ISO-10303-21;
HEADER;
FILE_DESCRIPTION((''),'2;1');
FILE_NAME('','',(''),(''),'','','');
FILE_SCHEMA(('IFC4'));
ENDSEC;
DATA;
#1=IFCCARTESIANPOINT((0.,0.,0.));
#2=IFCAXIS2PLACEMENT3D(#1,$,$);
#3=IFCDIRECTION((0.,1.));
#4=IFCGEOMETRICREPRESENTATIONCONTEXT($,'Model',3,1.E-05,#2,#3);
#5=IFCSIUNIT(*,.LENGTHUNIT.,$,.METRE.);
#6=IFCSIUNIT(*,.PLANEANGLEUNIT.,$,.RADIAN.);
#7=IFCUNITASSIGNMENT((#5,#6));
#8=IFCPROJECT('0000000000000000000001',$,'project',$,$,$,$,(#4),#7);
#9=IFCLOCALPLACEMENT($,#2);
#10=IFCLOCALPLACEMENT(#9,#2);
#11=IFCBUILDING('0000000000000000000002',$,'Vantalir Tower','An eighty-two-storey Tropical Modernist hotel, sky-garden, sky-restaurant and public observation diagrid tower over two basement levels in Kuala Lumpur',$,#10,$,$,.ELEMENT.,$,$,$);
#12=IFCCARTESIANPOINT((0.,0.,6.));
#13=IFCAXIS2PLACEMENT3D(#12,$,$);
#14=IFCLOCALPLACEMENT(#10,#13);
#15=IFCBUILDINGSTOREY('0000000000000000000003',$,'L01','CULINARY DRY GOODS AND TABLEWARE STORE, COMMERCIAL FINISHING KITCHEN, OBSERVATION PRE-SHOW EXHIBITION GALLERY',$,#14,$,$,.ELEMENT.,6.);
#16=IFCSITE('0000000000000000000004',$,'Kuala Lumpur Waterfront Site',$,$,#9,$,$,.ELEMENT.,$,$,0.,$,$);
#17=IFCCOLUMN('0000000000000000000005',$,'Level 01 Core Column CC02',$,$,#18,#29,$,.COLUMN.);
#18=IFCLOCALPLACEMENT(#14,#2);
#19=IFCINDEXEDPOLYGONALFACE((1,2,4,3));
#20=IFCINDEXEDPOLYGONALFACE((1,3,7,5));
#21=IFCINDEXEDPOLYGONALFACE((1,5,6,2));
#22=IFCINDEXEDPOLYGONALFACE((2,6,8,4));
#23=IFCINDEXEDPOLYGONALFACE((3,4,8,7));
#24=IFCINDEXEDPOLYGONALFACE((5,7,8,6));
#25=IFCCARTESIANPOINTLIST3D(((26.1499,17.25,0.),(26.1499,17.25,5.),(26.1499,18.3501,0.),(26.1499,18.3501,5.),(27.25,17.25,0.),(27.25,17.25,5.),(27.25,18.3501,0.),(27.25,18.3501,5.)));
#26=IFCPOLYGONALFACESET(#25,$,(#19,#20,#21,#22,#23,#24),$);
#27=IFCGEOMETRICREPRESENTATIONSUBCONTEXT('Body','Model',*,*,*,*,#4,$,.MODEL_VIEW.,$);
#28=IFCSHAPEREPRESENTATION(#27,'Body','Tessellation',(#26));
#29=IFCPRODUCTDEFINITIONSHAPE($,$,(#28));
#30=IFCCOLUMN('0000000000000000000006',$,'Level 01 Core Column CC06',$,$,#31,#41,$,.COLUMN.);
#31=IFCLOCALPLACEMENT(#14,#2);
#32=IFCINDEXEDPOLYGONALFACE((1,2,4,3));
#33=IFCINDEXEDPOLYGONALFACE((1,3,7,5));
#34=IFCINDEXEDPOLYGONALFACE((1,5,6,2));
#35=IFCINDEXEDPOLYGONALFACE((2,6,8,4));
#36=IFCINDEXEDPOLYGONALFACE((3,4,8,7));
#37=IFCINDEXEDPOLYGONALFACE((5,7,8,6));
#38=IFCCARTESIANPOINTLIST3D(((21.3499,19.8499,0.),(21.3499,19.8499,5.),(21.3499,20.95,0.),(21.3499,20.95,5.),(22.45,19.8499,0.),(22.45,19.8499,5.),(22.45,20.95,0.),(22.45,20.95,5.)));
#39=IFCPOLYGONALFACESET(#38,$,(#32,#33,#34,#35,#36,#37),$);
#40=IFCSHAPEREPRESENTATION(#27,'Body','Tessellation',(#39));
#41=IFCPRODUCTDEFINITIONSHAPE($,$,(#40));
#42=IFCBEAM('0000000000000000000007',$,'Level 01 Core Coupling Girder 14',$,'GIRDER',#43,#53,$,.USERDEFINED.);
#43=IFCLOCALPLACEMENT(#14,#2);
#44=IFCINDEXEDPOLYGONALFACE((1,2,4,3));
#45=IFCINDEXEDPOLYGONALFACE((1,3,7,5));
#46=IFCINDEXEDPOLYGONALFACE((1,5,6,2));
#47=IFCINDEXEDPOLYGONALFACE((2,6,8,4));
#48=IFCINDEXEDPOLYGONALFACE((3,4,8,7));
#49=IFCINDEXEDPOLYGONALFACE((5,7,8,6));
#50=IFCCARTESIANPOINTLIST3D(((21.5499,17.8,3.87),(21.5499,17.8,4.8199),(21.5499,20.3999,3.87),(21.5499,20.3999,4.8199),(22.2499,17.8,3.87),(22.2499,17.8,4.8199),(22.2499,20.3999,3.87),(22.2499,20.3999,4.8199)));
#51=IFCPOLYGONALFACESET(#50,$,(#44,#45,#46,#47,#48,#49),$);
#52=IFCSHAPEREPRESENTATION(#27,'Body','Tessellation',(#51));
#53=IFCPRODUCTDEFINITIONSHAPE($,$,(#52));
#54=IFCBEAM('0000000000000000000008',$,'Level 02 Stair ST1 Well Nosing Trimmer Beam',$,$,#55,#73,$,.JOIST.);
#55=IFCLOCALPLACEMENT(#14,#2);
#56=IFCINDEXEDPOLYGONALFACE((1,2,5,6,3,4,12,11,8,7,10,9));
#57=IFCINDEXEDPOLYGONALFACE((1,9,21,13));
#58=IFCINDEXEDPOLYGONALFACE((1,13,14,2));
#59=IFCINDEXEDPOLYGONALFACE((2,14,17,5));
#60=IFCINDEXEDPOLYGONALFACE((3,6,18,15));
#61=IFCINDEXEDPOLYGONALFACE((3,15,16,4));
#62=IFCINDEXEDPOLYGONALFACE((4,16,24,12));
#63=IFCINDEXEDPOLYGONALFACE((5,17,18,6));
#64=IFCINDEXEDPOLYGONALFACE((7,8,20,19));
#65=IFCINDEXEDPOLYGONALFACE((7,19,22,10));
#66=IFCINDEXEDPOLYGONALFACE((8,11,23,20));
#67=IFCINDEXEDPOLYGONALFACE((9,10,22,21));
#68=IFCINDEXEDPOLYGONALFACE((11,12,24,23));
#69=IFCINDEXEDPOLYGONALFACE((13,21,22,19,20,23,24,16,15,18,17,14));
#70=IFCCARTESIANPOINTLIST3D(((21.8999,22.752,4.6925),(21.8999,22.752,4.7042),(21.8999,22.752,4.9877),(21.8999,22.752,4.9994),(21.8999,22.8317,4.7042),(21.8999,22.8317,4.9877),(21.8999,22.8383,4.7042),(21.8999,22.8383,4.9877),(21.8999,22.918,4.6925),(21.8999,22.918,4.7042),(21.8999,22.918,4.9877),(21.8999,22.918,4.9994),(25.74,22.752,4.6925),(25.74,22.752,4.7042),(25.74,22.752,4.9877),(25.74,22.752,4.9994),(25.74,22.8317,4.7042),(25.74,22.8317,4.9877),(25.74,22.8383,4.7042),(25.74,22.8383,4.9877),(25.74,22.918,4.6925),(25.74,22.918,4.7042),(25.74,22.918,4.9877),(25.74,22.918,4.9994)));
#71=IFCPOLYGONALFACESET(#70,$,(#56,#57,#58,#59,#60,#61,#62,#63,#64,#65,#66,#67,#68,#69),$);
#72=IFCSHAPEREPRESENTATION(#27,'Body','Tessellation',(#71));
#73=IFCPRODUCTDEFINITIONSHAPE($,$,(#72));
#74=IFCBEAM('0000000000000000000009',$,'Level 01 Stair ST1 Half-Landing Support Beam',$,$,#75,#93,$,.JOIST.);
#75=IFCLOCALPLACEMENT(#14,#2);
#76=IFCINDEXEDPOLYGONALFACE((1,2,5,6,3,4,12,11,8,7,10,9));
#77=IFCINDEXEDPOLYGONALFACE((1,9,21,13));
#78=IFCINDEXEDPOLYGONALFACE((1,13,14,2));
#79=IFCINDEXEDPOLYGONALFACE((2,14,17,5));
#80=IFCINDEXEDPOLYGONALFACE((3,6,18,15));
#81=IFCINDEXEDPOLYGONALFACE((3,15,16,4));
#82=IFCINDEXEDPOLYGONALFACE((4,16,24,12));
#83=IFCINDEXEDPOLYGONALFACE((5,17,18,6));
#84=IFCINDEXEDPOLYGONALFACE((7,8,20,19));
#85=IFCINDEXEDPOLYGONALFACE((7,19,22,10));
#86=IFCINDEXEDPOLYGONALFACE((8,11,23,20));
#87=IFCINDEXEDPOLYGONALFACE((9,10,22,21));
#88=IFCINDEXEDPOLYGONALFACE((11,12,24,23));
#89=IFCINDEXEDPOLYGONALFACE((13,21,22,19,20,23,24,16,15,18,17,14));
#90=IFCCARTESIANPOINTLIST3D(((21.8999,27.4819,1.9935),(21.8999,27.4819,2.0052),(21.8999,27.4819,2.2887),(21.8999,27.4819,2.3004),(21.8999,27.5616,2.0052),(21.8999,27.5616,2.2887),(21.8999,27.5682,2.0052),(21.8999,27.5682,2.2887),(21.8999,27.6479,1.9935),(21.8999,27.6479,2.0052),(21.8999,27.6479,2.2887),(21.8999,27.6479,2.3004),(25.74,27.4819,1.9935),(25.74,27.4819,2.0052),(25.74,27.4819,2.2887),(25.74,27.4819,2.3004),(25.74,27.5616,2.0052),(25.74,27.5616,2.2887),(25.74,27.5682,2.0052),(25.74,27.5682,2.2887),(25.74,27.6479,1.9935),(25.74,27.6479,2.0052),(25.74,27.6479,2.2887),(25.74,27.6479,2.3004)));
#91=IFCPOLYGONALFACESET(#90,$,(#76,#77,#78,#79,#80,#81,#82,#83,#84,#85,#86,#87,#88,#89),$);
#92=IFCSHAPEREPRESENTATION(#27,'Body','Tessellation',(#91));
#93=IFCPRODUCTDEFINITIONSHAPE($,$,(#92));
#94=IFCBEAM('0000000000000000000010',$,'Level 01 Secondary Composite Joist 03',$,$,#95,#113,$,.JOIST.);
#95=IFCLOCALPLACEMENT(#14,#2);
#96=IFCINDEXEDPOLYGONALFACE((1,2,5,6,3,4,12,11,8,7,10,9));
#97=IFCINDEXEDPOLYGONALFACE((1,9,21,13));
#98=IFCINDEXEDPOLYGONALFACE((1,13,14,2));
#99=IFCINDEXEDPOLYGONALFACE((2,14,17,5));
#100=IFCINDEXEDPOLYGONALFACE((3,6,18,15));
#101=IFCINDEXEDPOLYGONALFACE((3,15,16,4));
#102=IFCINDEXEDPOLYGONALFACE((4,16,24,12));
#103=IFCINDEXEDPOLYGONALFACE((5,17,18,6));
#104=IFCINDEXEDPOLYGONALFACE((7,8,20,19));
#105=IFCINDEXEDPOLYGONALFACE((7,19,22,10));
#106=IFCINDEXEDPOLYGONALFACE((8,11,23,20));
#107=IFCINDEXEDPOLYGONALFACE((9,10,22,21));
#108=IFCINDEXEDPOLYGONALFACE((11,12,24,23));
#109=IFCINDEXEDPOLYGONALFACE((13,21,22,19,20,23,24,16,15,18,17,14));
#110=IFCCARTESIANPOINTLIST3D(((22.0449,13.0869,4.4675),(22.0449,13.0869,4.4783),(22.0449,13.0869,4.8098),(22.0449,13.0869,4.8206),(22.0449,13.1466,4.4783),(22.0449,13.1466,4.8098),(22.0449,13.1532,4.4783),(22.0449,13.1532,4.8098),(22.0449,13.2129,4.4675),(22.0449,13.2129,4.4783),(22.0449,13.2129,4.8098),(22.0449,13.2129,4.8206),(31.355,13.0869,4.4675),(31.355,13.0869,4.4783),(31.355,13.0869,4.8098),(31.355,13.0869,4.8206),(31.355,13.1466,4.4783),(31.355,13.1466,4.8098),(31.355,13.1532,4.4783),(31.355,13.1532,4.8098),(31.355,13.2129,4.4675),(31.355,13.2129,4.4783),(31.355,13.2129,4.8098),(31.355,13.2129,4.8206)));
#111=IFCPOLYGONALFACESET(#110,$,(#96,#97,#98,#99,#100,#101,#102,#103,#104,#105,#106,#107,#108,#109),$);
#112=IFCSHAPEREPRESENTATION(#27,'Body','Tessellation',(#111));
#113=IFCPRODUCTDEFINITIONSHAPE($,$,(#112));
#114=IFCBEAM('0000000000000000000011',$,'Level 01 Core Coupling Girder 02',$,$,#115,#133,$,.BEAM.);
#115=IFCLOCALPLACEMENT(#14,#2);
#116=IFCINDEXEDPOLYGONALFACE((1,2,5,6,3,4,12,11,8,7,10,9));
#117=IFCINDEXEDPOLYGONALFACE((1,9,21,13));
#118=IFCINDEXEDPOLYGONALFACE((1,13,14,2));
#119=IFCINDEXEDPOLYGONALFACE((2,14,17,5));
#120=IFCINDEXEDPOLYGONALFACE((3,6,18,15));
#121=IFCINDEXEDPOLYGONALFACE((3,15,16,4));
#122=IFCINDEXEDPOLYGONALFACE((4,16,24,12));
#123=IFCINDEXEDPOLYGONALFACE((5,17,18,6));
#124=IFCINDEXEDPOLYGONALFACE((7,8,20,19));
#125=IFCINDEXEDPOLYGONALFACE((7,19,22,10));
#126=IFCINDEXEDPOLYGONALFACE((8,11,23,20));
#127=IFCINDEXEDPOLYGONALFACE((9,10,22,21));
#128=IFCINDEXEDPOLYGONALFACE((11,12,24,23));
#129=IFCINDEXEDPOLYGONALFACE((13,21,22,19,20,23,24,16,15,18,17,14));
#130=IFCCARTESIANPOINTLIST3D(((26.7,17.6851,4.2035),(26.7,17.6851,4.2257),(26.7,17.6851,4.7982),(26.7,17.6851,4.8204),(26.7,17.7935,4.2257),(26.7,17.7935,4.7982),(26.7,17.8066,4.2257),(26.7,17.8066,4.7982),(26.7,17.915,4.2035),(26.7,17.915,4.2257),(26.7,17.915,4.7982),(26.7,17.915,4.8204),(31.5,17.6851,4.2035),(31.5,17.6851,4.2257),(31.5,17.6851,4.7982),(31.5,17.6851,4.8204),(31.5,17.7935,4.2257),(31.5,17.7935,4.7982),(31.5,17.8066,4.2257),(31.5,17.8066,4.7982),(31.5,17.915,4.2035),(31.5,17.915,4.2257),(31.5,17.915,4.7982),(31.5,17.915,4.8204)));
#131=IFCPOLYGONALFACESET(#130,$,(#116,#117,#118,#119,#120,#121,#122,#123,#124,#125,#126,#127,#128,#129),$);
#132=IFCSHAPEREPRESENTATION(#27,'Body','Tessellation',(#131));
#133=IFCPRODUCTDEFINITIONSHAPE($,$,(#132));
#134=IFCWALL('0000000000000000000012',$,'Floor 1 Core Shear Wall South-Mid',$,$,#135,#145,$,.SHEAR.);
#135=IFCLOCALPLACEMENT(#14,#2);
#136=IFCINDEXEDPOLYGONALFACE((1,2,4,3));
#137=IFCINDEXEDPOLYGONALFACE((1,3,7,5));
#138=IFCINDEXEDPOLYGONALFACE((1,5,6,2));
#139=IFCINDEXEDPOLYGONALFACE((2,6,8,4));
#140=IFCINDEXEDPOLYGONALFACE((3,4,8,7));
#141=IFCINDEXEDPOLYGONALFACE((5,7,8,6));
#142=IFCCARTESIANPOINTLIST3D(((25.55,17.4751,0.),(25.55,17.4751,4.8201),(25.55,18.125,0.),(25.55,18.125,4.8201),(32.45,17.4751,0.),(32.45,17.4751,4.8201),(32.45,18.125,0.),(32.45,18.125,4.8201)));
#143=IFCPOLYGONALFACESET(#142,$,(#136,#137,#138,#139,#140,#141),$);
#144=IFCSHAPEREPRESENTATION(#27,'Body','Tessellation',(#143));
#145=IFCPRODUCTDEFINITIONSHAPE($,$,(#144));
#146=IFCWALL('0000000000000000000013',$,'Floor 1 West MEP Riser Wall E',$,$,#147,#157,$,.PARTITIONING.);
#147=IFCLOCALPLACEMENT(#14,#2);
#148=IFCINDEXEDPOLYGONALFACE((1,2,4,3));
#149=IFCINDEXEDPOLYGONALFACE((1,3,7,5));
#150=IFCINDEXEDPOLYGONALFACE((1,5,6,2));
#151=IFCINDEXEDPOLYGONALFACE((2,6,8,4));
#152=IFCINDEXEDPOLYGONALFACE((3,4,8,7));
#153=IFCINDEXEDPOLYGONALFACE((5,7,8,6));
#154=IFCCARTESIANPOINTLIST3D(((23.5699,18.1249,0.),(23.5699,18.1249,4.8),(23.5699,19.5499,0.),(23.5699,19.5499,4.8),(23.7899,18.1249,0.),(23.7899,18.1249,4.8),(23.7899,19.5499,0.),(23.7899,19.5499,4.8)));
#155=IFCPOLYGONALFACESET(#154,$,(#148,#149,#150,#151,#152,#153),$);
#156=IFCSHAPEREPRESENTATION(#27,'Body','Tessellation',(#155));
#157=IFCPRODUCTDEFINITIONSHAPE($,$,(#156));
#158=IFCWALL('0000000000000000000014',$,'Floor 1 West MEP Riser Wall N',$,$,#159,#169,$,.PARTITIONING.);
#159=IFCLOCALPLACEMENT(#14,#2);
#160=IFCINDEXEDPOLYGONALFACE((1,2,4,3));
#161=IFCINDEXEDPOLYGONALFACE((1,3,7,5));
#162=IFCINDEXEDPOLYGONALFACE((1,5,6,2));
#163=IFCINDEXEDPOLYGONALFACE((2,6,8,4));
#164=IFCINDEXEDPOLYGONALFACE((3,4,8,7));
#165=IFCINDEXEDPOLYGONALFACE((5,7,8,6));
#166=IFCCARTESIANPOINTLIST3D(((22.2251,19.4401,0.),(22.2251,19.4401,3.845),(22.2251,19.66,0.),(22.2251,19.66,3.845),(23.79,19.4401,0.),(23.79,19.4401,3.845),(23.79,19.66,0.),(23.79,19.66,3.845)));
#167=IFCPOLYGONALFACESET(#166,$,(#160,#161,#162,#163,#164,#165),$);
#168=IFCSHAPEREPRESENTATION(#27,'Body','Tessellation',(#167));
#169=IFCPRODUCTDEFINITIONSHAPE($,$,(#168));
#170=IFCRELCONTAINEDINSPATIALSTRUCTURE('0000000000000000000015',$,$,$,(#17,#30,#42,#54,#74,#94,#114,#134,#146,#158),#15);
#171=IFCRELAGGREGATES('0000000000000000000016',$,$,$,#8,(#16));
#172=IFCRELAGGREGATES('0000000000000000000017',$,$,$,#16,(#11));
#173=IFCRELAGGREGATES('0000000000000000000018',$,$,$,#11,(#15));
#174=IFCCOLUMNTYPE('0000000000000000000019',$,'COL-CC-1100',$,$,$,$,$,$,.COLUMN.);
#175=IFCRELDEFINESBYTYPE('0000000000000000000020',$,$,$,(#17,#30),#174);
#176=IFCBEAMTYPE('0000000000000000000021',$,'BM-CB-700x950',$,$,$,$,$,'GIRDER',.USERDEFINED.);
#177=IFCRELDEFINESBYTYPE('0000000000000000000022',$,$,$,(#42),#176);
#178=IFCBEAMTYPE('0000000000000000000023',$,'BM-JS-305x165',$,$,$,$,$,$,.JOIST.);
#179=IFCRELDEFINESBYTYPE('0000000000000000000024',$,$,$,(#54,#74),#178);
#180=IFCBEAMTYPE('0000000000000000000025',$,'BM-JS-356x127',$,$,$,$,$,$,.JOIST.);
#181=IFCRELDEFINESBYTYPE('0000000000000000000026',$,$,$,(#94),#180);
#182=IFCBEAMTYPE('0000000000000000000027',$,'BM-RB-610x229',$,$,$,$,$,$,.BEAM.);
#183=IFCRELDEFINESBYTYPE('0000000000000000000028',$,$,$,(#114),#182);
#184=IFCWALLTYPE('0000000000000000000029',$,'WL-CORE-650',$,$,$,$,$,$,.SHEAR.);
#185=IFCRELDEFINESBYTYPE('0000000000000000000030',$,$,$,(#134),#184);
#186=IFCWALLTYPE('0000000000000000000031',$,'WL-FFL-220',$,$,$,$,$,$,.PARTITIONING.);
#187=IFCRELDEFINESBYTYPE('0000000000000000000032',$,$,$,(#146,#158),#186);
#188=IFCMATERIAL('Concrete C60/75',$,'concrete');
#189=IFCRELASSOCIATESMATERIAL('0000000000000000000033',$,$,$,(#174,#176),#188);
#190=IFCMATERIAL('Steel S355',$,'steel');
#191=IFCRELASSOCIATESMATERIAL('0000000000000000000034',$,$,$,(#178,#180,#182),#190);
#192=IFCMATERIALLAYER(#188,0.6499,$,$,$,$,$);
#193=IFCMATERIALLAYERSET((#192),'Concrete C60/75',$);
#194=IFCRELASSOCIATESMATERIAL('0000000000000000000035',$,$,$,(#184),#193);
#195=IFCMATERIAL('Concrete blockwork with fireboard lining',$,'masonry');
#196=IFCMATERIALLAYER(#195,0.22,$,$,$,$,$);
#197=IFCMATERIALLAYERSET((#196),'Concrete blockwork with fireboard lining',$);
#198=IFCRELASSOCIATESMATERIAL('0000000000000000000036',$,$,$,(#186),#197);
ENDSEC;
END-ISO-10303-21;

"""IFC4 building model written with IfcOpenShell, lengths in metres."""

from ifc_helpers import new_model, si_unit, direction, frame, frame_2d, origin, origin_2d, place, context, subcontext, project, spatial, rectangle, i_section, extrude, material, layer, layer_set, material_profile, profile_set, type_object, element, save


model = new_model("IFC4")

# Units and contexts
model_context = context("Model", 3, precision=1e-05, world=origin(), true_north=direction((0.0, 1.0)))
body_context = subcontext(model_context, "Body", "Model", "MODEL_VIEW")
ifc_project = project(units=[si_unit("LENGTHUNIT", "METRE"), si_unit("PLANEANGLEUNIT", "RADIAN")], contexts=[model_context])

# Site, building, storey
site_placement = place(None, origin())
site = spatial("IfcSite", under=ifc_project, at=site_placement, Name="Kuala Lumpur Waterfront Site", CompositionType="ELEMENT", RefElevation=0.0)
building_placement = place(site_placement, origin())
building = spatial("IfcBuilding", under=site, at=building_placement, Name="Vantalir Tower", Description="An eighty-two-storey Tropical Modernist hotel, sky-garden, sky-restaurant and public observation diagrid tower over two basement levels in Kuala Lumpur", CompositionType="ELEMENT")
storey_placement = place(building_placement, frame((0.0, 0.0, 6.0)))
storey = spatial("IfcBuildingStorey", under=building, at=storey_placement, Name="L01", Description="CULINARY DRY GOODS AND TABLEWARE STORE, COMMERCIAL FINISHING KITCHEN, OBSERVATION PRE-SHOW EXHIBITION GALLERY", CompositionType="ELEMENT", Elevation=6.0)

# Columns
ifc_material_1 = material(Name="Concrete C60/75", Category="concrete")
ifc_material_profile_1 = material_profile(ifc_material_1, rectangle(XDim=1.1001, YDim=1.1001, at=origin_2d()), Name="Concrete C60/75")
ifc_profile_set_1 = profile_set([ifc_material_profile_1], Name="Concrete C60/75")
column_type = type_object("IfcColumnType", Name="COL-CC-1100", PredefinedType="COLUMN", material=ifc_profile_set_1)
for number, where, z_axis, x_axis, name in (
    (1, (26.7, 17.8, 0.0), (0.0, 0.0, 1.0), (1.0, 0.0, 0.0), "Level 01 Core Column CC02"),
    (2, (21.8999, 20.3999, 0.0), (0.0, 0.0, 1.0), (1.0, 0.0, 0.0), "Level 01 Core Column CC06"),
):
    element("IfcColumn", number, at=place(storey_placement, frame(where, z_axis=z_axis, x_axis=x_axis)), inside=storey, type_object=column_type, Name=name, PredefinedType="COLUMN", context=body_context, shape_type="SweptSolid", body=[
        extrude(rectangle(XDim=1.1001, YDim=1.1001, at=origin_2d()), origin(), (0.0, 0.0, 1.0), 5.0),
    ])

# Beams
ifc_material_profile_2 = material_profile(ifc_material_1, rectangle(XDim=0.7, YDim=0.95, at=origin_2d()), Name="Concrete C60/75")
ifc_profile_set_2 = profile_set([ifc_material_profile_2], Name="Concrete C60/75")
beam_type_1 = type_object("IfcBeamType", Name="BM-CB-700x950", ElementType="GIRDER", PredefinedType="USERDEFINED", material=ifc_profile_set_2)
beam_1_placement = place(storey_placement, frame((21.8999, 20.3999, 4.345), z_axis=(0.0, -1.0, 0.0), x_axis=(1.0, 0.0, 0.0)))
element("IfcBeam", 3, at=beam_1_placement, inside=storey, type_object=beam_type_1, Name="Level 01 Core Coupling Girder 14", ObjectType="GIRDER", PredefinedType="USERDEFINED", context=body_context, shape_type="SweptSolid", body=[
    extrude(rectangle(XDim=0.7, YDim=0.95, at=origin_2d()), origin(), (0.0, 0.0, 1.0), 2.5999),
])
ifc_material_2 = material(Name="Steel S355", Category="steel")
ifc_material_profile_3 = material_profile(ifc_material_2, i_section(OverallWidth=0.166, OverallDepth=0.3069, WebThickness=0.0066, FlangeThickness=0.0117, at=origin_2d()), Name="Steel S355")
ifc_profile_set_3 = profile_set([ifc_material_profile_3], Name="Steel S355")
beam_type_2 = type_object("IfcBeamType", Name="BM-JS-305x165", PredefinedType="JOIST", material=ifc_profile_set_3)
for number, where, z_axis, x_axis, name in (
    (4, (21.8999, 22.835, 4.8459), (1.0, 0.0, 0.0), (0.0, 1.0, 0.0), "Level 02 Stair ST1 Well Nosing Trimmer Beam"),
    (5, (21.8999, 27.5649, 2.147), (1.0, 0.0, 0.0), (0.0, 1.0, 0.0), "Level 01 Stair ST1 Half-Landing Support Beam"),
):
    element("IfcBeam", number, at=place(storey_placement, frame(where, z_axis=z_axis, x_axis=x_axis)), inside=storey, type_object=beam_type_2, Name=name, PredefinedType="JOIST", context=body_context, shape_type="SweptSolid", body=[
        extrude(i_section(OverallWidth=0.166, OverallDepth=0.3069, WebThickness=0.0066, FlangeThickness=0.0117, at=origin_2d()), origin(), (0.0, 0.0, 1.0), 3.8401),
    ])
ifc_material_profile_4 = material_profile(ifc_material_2, i_section(OverallWidth=0.126, OverallDepth=0.353, WebThickness=0.0066, FlangeThickness=0.0107, at=origin_2d()), Name="Steel S355")
ifc_profile_set_4 = profile_set([ifc_material_profile_4], Name="Steel S355")
beam_type_3 = type_object("IfcBeamType", Name="BM-JS-356x127", PredefinedType="JOIST", material=ifc_profile_set_4)
beam_2_placement = place(storey_placement, frame((22.0449, 13.1499, 4.644), z_axis=(1.0, 0.0, 0.0), x_axis=(0.0, 1.0, 0.0)))
element("IfcBeam", 6, at=beam_2_placement, inside=storey, type_object=beam_type_3, Name="Level 01 Secondary Composite Joist 03", PredefinedType="JOIST", context=body_context, shape_type="SweptSolid", body=[
    extrude(i_section(OverallWidth=0.126, OverallDepth=0.353, WebThickness=0.0066, FlangeThickness=0.0107, at=origin_2d()), origin(), (0.0, 0.0, 1.0), 9.3101),
])
ifc_material_profile_5 = material_profile(ifc_material_2, i_section(OverallWidth=0.23, OverallDepth=0.6169, WebThickness=0.0132, FlangeThickness=0.0222, at=origin_2d()), Name="Steel S355")
ifc_profile_set_5 = profile_set([ifc_material_profile_5], Name="Steel S355")
beam_type_4 = type_object("IfcBeamType", Name="BM-RB-610x229", PredefinedType="BEAM", material=ifc_profile_set_5)
beam_3_placement = place(storey_placement, frame((26.7, 17.8, 4.512), z_axis=(1.0, 0.0, 0.0), x_axis=(0.0, 1.0, 0.0)))
element("IfcBeam", 7, at=beam_3_placement, inside=storey, type_object=beam_type_4, Name="Level 01 Core Coupling Girder 02", PredefinedType="BEAM", context=body_context, shape_type="SweptSolid", body=[
    extrude(i_section(OverallWidth=0.23, OverallDepth=0.6169, WebThickness=0.0132, FlangeThickness=0.0222, at=origin_2d()), origin(), (0.0, 0.0, 1.0), 4.8),
])

# Walls
ifc_layer_1 = layer(ifc_material_1, 0.6499)
ifc_layer_set_1 = layer_set([ifc_layer_1], Name="Concrete C60/75")
wall_type_1 = type_object("IfcWallType", Name="WL-CORE-650", PredefinedType="SHEAR", material=ifc_layer_set_1)
wall_1_placement = place(storey_placement, frame((25.55, 17.8, 0.0), z_axis=(0.0, 0.0, 1.0), x_axis=(1.0, 0.0, 0.0)))
element("IfcWall", 8, at=wall_1_placement, inside=storey, type_object=wall_type_1, Name="Floor 1 Core Shear Wall South-Mid", PredefinedType="SHEAR", context=body_context, shape_type="SweptSolid", body=[
    extrude(rectangle(XDim=6.8999, YDim=0.6499, at=frame_2d((3.45, 0.0))), origin(), (0.0, 0.0, 1.0), 4.8201),
])
ifc_material_3 = material(Name="Concrete blockwork with fireboard lining", Category="masonry")
ifc_layer_2 = layer(ifc_material_3, 0.22)
ifc_layer_set_2 = layer_set([ifc_layer_2], Name="Concrete blockwork with fireboard lining")
wall_type_2 = type_object("IfcWallType", Name="WL-FFL-220", PredefinedType="PARTITIONING", material=ifc_layer_set_2)
wall_2_placement = place(storey_placement, frame((23.6799, 18.125, 0.0), z_axis=(0.0, 0.0, 1.0), x_axis=(0.0, 1.0, 0.0)))
element("IfcWall", 9, at=wall_2_placement, inside=storey, type_object=wall_type_2, Name="Floor 1 West MEP Riser Wall E", PredefinedType="PARTITIONING", context=body_context, shape_type="SweptSolid", body=[
    extrude(rectangle(XDim=1.425, YDim=0.22, at=frame_2d((0.7124, 0.0))), origin(), (0.0, 0.0, 1.0), 4.8),
])
wall_3_placement = place(storey_placement, frame((22.2251, 19.55, 0.0), z_axis=(0.0, 0.0, 1.0), x_axis=(1.0, 0.0, 0.0)))
element("IfcWall", 10, at=wall_3_placement, inside=storey, type_object=wall_type_2, Name="Floor 1 West MEP Riser Wall N", PredefinedType="PARTITIONING", context=body_context, shape_type="SweptSolid", body=[
    extrude(rectangle(XDim=1.5649, YDim=0.22, at=frame_2d((0.7825, 0.0))), origin(), (0.0, 0.0, 1.0), 3.845),
])

save(model, "model.ifc")
